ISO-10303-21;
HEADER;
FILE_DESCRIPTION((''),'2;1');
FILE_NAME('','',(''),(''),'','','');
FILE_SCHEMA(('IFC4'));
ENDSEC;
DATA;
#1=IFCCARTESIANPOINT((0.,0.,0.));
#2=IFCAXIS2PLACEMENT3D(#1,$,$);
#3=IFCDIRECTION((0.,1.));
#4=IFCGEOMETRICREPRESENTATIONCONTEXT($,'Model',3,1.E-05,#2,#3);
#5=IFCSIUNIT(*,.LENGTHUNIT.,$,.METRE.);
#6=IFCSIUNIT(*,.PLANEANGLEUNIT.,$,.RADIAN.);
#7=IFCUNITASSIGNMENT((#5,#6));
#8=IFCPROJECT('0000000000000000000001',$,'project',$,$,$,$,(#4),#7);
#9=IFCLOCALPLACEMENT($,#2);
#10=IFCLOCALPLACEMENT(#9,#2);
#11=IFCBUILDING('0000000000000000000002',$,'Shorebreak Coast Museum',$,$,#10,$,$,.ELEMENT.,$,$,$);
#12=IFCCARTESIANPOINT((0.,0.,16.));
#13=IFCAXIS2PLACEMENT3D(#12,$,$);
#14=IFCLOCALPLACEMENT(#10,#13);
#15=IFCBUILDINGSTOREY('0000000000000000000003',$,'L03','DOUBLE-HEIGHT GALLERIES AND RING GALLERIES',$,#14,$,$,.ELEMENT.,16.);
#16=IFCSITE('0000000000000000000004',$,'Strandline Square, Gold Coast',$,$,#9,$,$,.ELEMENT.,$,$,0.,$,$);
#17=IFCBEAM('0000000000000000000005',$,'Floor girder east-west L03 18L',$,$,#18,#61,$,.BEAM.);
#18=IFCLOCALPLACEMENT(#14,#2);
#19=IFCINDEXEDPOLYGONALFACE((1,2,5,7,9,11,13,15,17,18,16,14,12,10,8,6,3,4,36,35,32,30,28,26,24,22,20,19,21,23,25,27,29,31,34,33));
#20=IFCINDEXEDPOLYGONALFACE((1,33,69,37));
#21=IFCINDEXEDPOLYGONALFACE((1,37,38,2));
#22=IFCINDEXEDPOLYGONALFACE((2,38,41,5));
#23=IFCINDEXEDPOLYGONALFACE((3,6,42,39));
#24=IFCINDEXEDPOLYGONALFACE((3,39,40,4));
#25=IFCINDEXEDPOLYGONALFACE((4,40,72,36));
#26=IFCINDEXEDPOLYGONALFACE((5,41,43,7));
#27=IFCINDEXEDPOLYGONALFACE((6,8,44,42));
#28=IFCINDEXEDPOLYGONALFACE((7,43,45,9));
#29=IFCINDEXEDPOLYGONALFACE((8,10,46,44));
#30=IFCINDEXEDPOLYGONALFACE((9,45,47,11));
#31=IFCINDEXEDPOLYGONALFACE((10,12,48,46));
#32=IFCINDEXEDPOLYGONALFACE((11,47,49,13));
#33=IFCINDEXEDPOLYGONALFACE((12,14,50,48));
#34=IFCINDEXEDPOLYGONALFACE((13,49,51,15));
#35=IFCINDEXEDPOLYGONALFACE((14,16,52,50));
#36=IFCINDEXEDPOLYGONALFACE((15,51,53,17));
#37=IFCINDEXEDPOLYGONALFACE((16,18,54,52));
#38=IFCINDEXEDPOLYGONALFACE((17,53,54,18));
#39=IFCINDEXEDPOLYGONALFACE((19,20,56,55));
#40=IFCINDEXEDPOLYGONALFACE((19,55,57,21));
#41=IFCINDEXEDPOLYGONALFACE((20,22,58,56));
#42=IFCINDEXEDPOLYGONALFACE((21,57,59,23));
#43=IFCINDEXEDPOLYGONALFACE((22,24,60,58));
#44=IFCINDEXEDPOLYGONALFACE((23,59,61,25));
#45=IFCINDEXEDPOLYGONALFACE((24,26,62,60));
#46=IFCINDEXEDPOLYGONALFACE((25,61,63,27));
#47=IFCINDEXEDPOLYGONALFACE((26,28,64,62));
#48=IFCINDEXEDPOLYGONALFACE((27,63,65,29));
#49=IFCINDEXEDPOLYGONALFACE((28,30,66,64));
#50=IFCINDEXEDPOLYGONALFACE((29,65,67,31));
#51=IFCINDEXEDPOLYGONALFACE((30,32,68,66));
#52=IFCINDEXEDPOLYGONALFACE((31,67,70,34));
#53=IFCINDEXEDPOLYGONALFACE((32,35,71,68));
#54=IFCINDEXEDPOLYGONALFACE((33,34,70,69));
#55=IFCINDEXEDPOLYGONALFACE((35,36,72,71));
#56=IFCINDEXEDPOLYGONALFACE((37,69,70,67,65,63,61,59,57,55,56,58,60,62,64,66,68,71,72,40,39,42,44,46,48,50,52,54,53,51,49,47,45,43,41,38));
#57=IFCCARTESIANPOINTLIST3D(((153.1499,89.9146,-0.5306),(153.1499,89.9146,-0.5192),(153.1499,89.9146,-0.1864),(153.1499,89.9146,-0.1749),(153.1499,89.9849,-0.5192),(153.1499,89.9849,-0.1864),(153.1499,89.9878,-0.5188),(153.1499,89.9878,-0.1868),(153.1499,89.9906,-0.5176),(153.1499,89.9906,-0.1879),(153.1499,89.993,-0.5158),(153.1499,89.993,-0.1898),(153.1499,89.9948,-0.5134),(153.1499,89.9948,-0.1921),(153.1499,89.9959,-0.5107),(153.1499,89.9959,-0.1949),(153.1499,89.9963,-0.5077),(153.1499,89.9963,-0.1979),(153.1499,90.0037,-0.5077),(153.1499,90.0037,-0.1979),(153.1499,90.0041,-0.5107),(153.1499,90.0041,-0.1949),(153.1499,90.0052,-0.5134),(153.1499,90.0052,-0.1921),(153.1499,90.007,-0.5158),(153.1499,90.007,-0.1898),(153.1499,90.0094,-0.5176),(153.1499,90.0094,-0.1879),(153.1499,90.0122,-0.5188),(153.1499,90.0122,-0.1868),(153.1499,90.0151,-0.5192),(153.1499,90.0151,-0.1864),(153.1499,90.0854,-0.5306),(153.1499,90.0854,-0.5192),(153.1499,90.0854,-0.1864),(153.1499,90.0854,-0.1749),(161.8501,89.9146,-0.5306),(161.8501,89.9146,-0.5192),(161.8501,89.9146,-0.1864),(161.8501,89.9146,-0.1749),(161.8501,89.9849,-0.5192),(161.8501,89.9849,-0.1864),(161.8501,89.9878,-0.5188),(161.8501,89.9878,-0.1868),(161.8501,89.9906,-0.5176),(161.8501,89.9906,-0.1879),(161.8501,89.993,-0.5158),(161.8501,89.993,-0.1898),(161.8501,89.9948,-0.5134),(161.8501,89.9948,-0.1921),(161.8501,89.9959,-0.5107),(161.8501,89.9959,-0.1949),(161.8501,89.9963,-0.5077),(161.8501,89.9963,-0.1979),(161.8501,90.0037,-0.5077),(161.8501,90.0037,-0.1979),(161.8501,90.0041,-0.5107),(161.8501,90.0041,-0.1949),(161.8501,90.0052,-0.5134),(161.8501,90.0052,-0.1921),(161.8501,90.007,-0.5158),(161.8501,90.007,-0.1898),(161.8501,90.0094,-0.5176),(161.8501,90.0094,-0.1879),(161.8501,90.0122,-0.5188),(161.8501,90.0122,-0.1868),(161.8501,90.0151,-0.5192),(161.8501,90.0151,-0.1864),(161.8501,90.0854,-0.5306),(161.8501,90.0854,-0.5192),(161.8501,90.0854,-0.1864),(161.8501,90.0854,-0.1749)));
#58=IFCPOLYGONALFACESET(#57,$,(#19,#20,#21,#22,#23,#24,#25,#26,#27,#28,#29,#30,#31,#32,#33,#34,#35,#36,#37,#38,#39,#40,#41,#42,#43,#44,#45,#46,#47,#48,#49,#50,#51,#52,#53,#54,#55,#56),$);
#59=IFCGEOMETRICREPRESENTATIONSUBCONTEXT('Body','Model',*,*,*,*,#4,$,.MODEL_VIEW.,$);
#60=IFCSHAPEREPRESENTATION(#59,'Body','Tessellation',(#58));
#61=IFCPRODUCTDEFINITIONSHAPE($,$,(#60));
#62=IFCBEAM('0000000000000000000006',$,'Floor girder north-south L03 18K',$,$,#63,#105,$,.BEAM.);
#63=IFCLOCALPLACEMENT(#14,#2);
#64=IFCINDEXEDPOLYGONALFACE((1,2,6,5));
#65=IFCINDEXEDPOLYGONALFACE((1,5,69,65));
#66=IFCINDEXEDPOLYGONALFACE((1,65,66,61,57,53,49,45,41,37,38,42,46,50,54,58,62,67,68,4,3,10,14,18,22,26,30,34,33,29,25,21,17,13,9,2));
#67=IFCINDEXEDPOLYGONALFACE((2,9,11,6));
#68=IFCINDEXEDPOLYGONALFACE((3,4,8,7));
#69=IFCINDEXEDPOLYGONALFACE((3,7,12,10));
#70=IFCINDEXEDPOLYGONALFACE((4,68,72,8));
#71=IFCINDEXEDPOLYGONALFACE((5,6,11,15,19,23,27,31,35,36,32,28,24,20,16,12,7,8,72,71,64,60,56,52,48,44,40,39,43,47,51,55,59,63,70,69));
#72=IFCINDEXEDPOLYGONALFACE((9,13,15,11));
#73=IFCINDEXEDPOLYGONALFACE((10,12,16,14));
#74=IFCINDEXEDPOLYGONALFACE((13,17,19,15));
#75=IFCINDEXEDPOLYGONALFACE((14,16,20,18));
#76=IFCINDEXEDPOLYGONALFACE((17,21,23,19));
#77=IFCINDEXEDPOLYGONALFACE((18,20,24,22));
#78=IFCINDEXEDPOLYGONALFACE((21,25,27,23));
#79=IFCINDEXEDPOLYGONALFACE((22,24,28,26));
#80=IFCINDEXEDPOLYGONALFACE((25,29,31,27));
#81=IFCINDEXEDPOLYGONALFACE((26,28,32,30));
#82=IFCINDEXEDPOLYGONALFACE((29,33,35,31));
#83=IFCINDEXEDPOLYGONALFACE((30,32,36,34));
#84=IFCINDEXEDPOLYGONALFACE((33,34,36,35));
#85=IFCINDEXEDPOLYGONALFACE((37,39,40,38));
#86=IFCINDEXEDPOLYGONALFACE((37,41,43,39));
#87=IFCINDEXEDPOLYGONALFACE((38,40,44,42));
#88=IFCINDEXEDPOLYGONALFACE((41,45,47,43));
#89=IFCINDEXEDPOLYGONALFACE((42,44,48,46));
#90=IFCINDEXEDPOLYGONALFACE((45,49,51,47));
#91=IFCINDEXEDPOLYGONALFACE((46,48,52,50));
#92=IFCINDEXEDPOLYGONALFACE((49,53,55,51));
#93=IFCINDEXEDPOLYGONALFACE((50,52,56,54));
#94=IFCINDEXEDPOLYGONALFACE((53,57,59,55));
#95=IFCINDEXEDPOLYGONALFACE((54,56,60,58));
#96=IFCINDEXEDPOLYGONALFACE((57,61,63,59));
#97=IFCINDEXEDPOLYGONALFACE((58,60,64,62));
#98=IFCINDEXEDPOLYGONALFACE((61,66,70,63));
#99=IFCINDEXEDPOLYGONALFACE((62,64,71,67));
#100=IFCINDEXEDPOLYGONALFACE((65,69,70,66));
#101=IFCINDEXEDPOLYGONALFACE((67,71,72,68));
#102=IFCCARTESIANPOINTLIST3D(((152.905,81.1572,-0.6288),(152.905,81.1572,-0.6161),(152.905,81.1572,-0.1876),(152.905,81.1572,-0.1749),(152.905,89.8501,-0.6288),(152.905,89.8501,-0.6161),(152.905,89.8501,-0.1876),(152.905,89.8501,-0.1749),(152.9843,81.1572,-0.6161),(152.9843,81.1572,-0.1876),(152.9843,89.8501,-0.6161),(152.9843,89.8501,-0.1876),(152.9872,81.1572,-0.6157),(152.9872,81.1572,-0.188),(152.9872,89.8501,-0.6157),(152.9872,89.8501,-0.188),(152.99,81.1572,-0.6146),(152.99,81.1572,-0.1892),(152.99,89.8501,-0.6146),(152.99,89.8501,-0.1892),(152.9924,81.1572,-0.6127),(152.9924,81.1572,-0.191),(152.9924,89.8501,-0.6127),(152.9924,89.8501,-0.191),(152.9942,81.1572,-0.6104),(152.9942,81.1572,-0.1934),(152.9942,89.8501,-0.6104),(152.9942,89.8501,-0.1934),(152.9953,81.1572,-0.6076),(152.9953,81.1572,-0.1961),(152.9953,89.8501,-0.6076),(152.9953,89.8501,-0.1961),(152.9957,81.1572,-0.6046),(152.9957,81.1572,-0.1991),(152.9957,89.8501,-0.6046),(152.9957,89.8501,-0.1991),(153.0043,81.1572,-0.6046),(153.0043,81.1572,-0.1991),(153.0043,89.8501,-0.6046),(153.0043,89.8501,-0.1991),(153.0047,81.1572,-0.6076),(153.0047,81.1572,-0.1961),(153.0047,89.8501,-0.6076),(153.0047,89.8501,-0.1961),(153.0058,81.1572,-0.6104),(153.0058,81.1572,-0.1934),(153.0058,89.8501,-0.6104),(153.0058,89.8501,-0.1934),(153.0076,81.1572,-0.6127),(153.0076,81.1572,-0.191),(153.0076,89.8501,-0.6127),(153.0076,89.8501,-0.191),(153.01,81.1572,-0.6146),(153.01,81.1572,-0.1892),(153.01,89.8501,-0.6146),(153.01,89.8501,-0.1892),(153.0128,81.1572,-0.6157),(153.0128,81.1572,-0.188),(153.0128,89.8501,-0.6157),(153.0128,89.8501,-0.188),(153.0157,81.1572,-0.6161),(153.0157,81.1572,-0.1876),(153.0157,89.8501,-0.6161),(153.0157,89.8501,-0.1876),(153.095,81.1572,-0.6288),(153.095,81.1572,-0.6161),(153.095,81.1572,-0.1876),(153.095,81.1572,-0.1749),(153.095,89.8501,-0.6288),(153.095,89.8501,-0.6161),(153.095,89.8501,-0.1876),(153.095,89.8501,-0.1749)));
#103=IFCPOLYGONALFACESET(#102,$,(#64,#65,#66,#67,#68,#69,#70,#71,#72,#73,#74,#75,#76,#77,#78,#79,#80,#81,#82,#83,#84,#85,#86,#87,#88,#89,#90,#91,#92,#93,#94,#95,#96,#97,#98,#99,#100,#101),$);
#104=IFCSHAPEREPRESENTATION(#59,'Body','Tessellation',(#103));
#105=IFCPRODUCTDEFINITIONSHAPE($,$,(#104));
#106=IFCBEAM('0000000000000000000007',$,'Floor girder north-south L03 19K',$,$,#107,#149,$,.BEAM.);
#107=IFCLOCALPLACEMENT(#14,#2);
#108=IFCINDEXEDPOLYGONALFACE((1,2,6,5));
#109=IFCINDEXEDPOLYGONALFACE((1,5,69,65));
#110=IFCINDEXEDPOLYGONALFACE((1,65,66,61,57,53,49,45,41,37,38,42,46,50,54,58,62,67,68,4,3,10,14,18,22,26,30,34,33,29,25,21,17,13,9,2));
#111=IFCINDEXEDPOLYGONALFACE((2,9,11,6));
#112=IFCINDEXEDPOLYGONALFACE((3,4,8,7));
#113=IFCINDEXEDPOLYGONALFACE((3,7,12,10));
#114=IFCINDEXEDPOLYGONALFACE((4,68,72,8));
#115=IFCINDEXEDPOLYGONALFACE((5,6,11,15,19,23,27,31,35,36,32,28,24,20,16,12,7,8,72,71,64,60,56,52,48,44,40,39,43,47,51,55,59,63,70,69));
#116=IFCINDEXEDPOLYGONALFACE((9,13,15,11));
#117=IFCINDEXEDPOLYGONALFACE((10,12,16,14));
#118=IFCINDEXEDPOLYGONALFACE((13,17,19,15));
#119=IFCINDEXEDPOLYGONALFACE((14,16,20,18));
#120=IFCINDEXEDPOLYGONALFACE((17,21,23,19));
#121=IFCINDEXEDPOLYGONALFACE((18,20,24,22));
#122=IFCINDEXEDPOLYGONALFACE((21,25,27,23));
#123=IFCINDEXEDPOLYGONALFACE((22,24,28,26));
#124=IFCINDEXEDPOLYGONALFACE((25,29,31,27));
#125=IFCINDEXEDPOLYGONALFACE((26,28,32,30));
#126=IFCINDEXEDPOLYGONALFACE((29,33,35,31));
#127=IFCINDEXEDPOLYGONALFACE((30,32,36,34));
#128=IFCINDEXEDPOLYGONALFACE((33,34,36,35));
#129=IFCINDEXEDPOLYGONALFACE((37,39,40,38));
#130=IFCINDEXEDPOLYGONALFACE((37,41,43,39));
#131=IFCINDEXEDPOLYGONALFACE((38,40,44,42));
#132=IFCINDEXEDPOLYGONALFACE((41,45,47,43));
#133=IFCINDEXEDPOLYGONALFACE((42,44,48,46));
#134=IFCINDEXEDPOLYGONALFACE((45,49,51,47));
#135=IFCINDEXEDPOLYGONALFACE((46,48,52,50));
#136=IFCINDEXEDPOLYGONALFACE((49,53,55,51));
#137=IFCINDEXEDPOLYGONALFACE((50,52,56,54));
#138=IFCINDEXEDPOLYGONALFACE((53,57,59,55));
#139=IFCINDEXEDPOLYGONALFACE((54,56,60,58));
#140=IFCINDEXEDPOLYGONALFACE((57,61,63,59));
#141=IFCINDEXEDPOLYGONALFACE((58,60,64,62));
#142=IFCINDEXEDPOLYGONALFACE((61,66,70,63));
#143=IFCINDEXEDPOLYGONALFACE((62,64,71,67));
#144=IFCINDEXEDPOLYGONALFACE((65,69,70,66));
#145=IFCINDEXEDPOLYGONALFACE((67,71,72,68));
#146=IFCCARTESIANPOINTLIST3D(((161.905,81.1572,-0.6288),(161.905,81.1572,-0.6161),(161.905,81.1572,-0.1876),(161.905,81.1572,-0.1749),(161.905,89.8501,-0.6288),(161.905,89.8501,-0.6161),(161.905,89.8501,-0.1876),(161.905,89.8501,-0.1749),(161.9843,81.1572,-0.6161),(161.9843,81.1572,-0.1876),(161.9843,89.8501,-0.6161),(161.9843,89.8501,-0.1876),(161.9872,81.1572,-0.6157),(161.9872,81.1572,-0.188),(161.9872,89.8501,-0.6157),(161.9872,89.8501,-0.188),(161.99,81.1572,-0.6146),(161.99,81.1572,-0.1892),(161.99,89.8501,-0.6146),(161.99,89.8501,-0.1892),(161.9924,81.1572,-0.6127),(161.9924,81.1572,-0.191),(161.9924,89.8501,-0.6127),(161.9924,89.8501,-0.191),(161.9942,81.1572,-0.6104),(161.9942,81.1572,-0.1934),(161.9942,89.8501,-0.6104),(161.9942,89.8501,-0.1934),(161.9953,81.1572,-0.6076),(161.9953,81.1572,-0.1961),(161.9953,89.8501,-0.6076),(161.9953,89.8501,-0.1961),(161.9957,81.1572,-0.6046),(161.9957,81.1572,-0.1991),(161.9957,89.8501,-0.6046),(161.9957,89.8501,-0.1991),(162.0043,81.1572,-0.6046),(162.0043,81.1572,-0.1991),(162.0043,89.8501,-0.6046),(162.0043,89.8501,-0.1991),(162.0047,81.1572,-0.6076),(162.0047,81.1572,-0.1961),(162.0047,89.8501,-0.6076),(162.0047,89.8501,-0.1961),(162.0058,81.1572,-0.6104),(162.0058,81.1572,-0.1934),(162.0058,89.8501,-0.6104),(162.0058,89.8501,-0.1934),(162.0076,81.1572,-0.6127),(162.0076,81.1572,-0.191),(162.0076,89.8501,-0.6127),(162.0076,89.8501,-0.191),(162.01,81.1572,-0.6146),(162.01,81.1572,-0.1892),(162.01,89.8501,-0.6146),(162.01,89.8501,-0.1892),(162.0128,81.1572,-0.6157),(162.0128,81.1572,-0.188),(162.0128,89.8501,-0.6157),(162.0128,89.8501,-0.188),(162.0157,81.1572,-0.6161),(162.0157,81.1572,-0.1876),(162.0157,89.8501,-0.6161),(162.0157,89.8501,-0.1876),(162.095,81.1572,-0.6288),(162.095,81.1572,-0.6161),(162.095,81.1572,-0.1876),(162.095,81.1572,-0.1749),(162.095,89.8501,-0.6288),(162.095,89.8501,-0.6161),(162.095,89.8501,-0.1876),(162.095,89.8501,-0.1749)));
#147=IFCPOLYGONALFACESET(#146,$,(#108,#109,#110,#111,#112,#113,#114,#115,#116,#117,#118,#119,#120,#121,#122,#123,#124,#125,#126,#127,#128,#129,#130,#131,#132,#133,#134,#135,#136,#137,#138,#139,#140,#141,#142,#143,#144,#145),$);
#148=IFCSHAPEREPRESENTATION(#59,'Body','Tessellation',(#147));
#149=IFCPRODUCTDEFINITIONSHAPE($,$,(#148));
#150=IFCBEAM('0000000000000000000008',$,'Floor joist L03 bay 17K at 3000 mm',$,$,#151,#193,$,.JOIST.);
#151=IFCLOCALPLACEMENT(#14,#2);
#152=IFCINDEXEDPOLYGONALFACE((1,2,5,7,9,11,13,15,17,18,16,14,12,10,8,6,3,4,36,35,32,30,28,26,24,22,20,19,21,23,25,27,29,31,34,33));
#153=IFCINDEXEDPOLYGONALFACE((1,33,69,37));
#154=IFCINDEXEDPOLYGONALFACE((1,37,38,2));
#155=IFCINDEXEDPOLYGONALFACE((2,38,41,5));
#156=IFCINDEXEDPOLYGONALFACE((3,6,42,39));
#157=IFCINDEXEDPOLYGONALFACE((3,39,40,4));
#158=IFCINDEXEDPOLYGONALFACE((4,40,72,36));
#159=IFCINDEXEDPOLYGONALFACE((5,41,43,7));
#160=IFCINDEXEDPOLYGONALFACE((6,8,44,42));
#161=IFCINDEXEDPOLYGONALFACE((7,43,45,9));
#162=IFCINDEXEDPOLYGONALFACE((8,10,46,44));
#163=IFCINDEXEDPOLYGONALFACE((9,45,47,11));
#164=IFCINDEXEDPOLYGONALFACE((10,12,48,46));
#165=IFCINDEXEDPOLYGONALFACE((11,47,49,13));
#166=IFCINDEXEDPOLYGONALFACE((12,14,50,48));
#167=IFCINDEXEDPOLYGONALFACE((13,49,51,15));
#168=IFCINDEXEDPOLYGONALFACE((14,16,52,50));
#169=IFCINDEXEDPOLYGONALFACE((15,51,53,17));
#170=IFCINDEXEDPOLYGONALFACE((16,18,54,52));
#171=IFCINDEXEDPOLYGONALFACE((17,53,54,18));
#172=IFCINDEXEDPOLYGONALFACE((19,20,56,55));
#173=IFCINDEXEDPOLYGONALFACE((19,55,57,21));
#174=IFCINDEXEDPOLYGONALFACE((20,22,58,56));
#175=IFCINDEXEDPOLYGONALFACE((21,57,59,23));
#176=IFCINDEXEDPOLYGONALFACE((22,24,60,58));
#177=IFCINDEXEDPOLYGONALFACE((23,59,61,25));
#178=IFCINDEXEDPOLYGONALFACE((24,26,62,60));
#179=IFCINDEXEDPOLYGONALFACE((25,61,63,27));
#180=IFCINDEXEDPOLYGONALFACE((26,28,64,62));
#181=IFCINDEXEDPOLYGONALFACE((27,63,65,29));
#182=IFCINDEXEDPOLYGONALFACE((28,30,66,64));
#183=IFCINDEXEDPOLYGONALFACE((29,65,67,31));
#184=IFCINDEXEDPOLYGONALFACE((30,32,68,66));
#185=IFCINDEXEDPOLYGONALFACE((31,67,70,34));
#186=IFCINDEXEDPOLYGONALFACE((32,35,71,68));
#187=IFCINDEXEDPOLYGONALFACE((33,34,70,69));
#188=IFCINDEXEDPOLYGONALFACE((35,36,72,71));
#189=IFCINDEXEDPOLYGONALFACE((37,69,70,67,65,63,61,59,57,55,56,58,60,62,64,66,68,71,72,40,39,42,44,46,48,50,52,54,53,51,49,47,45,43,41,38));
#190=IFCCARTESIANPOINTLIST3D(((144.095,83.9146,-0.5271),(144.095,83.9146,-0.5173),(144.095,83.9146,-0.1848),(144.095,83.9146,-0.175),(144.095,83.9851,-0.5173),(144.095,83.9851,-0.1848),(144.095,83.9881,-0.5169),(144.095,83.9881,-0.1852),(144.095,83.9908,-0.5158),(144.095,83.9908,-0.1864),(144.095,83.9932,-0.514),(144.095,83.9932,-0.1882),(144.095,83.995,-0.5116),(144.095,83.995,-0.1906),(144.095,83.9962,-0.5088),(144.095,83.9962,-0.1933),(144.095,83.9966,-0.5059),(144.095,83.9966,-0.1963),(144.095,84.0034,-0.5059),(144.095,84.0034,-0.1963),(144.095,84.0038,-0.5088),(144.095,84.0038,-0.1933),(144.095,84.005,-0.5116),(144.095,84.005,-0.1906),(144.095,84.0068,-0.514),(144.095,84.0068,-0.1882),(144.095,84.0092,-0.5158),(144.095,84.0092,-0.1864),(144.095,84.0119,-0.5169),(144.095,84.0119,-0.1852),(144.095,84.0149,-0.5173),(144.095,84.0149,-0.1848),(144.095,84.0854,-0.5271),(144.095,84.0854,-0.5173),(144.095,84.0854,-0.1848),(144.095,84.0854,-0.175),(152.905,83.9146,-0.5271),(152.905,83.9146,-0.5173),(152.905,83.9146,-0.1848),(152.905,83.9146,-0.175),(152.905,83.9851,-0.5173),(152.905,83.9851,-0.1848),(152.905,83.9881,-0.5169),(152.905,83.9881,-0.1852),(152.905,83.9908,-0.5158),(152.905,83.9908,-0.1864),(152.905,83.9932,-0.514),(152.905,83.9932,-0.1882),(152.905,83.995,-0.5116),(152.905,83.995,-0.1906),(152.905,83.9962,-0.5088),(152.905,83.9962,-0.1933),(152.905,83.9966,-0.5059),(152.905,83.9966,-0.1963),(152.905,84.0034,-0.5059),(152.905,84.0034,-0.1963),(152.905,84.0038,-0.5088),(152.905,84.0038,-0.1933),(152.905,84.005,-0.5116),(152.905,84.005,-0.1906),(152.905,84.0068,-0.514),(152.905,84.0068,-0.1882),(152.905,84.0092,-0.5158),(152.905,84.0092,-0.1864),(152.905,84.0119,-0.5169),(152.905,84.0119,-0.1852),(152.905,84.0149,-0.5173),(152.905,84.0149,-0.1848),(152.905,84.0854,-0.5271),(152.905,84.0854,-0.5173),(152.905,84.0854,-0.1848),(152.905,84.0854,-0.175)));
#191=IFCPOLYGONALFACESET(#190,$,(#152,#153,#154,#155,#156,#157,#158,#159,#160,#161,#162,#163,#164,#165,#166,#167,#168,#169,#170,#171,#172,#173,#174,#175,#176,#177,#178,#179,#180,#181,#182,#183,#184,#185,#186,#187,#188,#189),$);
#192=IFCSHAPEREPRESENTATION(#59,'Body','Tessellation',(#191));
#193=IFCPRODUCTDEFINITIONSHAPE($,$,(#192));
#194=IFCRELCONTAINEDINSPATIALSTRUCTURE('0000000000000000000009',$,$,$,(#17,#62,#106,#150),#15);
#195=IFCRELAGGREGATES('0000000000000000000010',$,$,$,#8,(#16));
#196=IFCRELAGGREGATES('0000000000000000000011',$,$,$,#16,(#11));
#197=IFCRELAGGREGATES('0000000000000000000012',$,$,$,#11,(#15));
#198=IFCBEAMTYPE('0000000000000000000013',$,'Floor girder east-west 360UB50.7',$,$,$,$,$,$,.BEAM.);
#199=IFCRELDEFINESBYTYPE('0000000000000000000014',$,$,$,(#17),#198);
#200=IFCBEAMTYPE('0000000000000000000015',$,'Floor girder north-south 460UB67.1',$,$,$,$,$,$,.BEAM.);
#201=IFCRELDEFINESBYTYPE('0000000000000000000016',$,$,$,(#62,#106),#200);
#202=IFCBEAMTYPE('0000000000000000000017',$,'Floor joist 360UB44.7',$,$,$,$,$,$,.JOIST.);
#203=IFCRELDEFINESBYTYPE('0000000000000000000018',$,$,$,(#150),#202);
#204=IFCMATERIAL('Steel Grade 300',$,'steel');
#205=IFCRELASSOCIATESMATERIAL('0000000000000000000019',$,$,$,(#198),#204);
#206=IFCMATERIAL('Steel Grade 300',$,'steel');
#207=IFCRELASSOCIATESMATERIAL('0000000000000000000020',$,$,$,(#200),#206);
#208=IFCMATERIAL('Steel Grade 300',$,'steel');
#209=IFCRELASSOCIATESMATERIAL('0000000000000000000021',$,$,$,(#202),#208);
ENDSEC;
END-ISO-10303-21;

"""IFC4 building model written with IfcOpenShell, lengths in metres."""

from ifc_helpers import new_model, si_unit, direction, frame, origin, origin_2d, place, context, subcontext, project, spatial, i_section, extrude, material, material_profile, profile_set, type_object, element, save


model = new_model("IFC4")

# Units and contexts
model_context = context("Model", 3, precision=1e-05, world=origin(), true_north=direction((0.0, 1.0)))
body_context = subcontext(model_context, "Body", "Model", "MODEL_VIEW")
ifc_project = project(units=[si_unit("LENGTHUNIT", "METRE"), si_unit("PLANEANGLEUNIT", "RADIAN")], contexts=[model_context])

# Site, building, storey
site_placement = place(None, origin())
site = spatial("IfcSite", under=ifc_project, at=site_placement, Name="Strandline Square, Gold Coast", CompositionType="ELEMENT", RefElevation=0.0)
building_placement = place(site_placement, origin())
building = spatial("IfcBuilding", under=site, at=building_placement, Name="Shorebreak Coast Museum", CompositionType="ELEMENT")
storey_placement = place(building_placement, frame((0.0, 0.0, 16.0)))
storey = spatial("IfcBuildingStorey", under=building, at=storey_placement, Name="L03", Description="DOUBLE-HEIGHT GALLERIES AND RING GALLERIES", CompositionType="ELEMENT", Elevation=16.0)

# Beams
ifc_material_1 = material(Name="Steel Grade 300", Category="steel")
ifc_material_profile_1 = material_profile(ifc_material_1, i_section(OverallWidth=0.1709, OverallDepth=0.3557, WebThickness=0.0073, FlangeThickness=0.0115, FilletRadius=0.0115, at=origin_2d()), Name="360UB50.7")
ifc_profile_set_1 = profile_set([ifc_material_profile_1], Name="Steel Grade 300")
beam_type_1 = type_object("IfcBeamType", Name="Floor girder east-west 360UB50.7", PredefinedType="BEAM", material=ifc_profile_set_1)
for number, where, z_axis, x_axis, name in (
    (1, (153.1499, 90.0, -0.3528), (1.0, 0.0, 0.0), (0.0, 1.0, 0.0), "Floor girder east-west L03 18L"),
):
    element("IfcBeam", number, at=place(storey_placement, frame(where, z_axis=z_axis, x_axis=x_axis)), inside=storey, type_object=beam_type_1, Name=name, PredefinedType="BEAM", context=body_context, shape_type="SweptSolid", body=[
        extrude(i_section(OverallWidth=0.1709, OverallDepth=0.3557, WebThickness=0.0073, FlangeThickness=0.0115, FilletRadius=0.0115, at=origin_2d()), origin(), (0.0, 0.0, 1.0), 8.7002),
    ])
ifc_material_2 = material(Name="Steel Grade 300", Category="steel")
ifc_material_profile_2 = material_profile(ifc_material_2, i_section(OverallWidth=0.1899, OverallDepth=0.4539, WebThickness=0.0085, FlangeThickness=0.0127, FilletRadius=0.0115, at=origin_2d()), Name="460UB67.1")
ifc_profile_set_2 = profile_set([ifc_material_profile_2], Name="Steel Grade 300")
beam_type_2 = type_object("IfcBeamType", Name="Floor girder north-south 460UB67.1", PredefinedType="BEAM", material=ifc_profile_set_2)
for number, where, z_axis, x_axis, name in (
    (2, (153.0, 81.1572, -0.4019), (0.0, 1.0, 0.0), (-1.0, 0.0, 0.0), "Floor girder north-south L03 18K"),
    (3, (162.0, 81.1572, -0.4019), (0.0, 1.0, 0.0), (-1.0, 0.0, 0.0), "Floor girder north-south L03 19K"),
):
    element("IfcBeam", number, at=place(storey_placement, frame(where, z_axis=z_axis, x_axis=x_axis)), inside=storey, type_object=beam_type_2, Name=name, PredefinedType="BEAM", context=body_context, shape_type="SweptSolid", body=[
        extrude(i_section(OverallWidth=0.1899, OverallDepth=0.4539, WebThickness=0.0085, FlangeThickness=0.0127, FilletRadius=0.0115, at=origin_2d()), origin(), (0.0, 0.0, 1.0), 8.6929),
    ])
ifc_material_3 = material(Name="Steel Grade 300", Category="steel")
ifc_material_profile_3 = material_profile(ifc_material_3, i_section(OverallWidth=0.1709, OverallDepth=0.3521, WebThickness=0.0068, FlangeThickness=0.0098, FilletRadius=0.0115, at=origin_2d()), Name="360UB44.7")
ifc_profile_set_3 = profile_set([ifc_material_profile_3], Name="Steel Grade 300")
beam_type_3 = type_object("IfcBeamType", Name="Floor joist 360UB44.7", PredefinedType="JOIST", material=ifc_profile_set_3)
for number, where, z_axis, x_axis, name in (
    (4, (144.095, 84.0, -0.3511), (1.0, 0.0, 0.0), (0.0, 1.0, 0.0), "Floor joist L03 bay 17K at 3000 mm"),
):
    element("IfcBeam", number, at=place(storey_placement, frame(where, z_axis=z_axis, x_axis=x_axis)), inside=storey, type_object=beam_type_3, Name=name, PredefinedType="JOIST", context=body_context, shape_type="SweptSolid", body=[
        extrude(i_section(OverallWidth=0.1709, OverallDepth=0.3521, WebThickness=0.0068, FlangeThickness=0.0098, FilletRadius=0.0115, at=origin_2d()), origin(), (0.0, 0.0, 1.0), 8.8101),
    ])

save(model, "model.ifc")
